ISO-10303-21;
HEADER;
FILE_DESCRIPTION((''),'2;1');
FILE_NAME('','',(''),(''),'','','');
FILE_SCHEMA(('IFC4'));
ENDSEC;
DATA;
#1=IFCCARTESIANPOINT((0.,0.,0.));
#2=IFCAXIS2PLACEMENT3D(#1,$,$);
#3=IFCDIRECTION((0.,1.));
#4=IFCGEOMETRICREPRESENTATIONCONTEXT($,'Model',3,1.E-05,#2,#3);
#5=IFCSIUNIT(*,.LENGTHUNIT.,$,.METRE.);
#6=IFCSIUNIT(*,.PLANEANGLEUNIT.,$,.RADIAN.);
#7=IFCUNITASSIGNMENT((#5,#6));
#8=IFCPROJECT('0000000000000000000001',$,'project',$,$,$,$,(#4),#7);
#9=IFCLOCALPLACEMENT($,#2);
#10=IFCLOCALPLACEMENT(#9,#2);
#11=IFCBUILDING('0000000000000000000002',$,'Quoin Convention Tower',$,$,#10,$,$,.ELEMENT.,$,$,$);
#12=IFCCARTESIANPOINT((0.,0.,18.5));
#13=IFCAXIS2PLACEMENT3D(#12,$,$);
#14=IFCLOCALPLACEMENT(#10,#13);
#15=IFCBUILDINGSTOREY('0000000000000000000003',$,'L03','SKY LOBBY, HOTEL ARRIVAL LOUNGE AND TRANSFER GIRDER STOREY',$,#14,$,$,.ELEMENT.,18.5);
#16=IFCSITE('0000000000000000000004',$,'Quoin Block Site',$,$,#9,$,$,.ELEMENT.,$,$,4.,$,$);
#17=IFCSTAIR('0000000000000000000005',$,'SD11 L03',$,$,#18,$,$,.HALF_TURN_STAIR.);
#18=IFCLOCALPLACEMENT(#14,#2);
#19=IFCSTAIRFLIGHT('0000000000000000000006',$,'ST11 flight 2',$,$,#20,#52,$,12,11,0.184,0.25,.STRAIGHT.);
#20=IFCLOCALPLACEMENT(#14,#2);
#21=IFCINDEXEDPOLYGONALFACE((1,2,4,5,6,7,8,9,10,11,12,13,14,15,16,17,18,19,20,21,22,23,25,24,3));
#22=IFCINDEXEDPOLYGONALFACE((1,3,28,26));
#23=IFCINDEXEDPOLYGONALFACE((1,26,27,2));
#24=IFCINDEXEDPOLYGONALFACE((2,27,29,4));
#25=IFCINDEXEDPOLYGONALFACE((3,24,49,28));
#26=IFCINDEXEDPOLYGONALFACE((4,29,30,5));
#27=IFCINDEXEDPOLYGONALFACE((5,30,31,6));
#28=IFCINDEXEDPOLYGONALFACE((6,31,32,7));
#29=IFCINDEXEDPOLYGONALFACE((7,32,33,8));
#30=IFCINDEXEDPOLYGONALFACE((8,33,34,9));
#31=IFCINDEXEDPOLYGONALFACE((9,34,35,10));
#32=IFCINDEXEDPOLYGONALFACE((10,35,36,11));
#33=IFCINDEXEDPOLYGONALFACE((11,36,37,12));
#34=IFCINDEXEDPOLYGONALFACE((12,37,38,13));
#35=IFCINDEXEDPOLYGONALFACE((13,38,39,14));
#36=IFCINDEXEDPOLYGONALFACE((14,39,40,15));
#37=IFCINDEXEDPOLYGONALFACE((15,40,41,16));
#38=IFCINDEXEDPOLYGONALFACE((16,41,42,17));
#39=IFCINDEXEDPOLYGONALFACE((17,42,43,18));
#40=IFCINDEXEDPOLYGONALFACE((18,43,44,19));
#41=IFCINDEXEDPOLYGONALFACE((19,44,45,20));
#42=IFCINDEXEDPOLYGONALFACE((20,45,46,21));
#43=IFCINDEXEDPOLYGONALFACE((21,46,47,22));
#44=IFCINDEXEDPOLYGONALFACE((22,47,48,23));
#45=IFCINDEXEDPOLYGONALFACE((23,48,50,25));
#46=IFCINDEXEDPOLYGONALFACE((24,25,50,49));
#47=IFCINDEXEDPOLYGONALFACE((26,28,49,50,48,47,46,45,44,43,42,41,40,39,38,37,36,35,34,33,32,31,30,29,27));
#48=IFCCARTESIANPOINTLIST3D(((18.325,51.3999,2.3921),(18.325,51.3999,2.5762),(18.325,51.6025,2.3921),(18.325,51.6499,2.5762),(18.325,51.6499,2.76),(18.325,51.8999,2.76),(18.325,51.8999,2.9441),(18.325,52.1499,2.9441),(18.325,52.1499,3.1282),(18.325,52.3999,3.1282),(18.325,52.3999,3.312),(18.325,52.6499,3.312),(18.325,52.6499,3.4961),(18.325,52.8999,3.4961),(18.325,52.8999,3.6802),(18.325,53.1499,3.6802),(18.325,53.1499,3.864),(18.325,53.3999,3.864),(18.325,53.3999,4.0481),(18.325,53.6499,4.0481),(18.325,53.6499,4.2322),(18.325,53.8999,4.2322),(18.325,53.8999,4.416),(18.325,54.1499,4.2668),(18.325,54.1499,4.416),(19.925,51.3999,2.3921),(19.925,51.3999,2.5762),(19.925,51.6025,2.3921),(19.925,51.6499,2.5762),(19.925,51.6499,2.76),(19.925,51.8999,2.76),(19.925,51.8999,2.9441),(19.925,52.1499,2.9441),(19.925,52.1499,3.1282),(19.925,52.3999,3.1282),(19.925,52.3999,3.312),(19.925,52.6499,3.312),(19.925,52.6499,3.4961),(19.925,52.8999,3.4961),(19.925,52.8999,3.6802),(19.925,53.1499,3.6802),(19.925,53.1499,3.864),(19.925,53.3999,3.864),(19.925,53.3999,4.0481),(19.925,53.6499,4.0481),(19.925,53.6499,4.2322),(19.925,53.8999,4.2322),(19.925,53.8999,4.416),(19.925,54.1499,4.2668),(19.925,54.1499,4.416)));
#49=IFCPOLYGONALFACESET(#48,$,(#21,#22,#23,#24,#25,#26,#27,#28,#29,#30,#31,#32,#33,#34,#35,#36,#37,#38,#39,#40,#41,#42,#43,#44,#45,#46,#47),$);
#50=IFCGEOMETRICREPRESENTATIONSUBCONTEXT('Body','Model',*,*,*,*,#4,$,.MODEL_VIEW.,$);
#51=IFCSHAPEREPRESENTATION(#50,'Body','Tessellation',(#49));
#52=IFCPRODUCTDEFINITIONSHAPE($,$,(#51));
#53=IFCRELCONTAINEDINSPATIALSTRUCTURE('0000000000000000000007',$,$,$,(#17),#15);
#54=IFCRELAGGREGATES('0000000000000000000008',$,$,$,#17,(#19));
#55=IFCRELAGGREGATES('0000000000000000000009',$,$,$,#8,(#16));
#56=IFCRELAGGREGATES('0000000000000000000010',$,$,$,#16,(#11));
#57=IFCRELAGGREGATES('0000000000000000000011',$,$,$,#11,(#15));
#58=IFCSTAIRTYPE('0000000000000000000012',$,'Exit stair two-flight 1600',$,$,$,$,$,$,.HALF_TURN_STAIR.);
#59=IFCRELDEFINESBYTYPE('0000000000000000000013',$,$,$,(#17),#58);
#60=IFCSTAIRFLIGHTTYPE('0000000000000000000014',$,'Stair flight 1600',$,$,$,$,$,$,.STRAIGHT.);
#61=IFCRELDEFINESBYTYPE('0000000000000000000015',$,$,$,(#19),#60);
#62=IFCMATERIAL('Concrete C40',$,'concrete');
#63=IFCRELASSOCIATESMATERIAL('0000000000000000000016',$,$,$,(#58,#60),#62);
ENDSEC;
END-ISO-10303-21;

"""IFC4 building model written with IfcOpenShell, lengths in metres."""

from ifc_helpers import new_model, si_unit, direction, frame, origin, place, context, subcontext, project, spatial, polyline, outline, extrude, material, type_object, element, aggregate, save


model = new_model("IFC4")

# Units and contexts
model_context = context("Model", 3, precision=1e-05, world=origin(), true_north=direction((0.0, 1.0)))
body_context = subcontext(model_context, "Body", "Model", "MODEL_VIEW")
ifc_project = project(units=[si_unit("LENGTHUNIT", "METRE"), si_unit("PLANEANGLEUNIT", "RADIAN")], contexts=[model_context])

# Site, building, storey
site_placement = place(None, origin())
site = spatial("IfcSite", under=ifc_project, at=site_placement, Name="Quoin Block Site", CompositionType="ELEMENT", RefElevation=4.0)
building_placement = place(site_placement, origin())
building = spatial("IfcBuilding", under=site, at=building_placement, Name="Quoin Convention Tower", CompositionType="ELEMENT")
storey_placement = place(building_placement, frame((0.0, 0.0, 18.5)))
storey = spatial("IfcBuildingStorey", under=building, at=storey_placement, Name="L03", Description="SKY LOBBY, HOTEL ARRIVAL LOUNGE AND TRANSFER GIRDER STOREY", CompositionType="ELEMENT", Elevation=18.5)

# Stair, stair flight
ifc_material_1 = material(Name="Concrete C40", Category="concrete")
stair_type = type_object("IfcStairType", Name="Exit stair two-flight 1600", PredefinedType="HALF_TURN_STAIR", material=ifc_material_1)
stair_placement = place(storey_placement, origin())
stair = element("IfcStair", 1, at=stair_placement, inside=storey, type_object=stair_type, Name="SD11 L03", PredefinedType="HALF_TURN_STAIR")
stair_flight_type = type_object("IfcStairFlightType", Name="Stair flight 1600", PredefinedType="STRAIGHT", material=ifc_material_1)
stair_flight_placement = place(storey_placement, frame((19.125, 51.3999, 2.3921), z_axis=(0.0, 0.0, 1.0), x_axis=(0.0, 1.0, 0.0)))
stair_flight = element("IfcStairFlight", 2, at=stair_flight_placement, type_object=stair_flight_type, Name="ST11 flight 2", NumberOfRisers=12, NumberOfTreads=11, PredefinedType="STRAIGHT", RiserHeight=0.184, TreadLength=0.25, context=body_context, shape_type="SweptSolid", body=[
    extrude(outline(polyline([(0.0, 0.0), (0.0, 0.1841), (0.25, 0.1841), (0.25, 0.3679), (0.5, 0.3679), (0.5, 0.552), (0.75, 0.552), (0.75, 0.7361), (1.0, 0.7361), (1.0, 0.9199), (1.25, 0.9199), (1.25, 1.104), (1.5, 1.104), (1.5, 1.2881), (1.75, 1.2881), (1.75, 1.4719), (2.0, 1.4719), (2.0, 1.656), (2.25, 1.656), (2.25, 1.8401), (2.5, 1.8401), (2.5, 2.0239), (2.75, 2.0239), (2.75, 2.208), (2.75, 1.8748), (0.2026, 0.0), (0.0, 0.0)])), frame((0.0, 0.8, 0.0), z_axis=(0.0, -1.0, 0.0), x_axis=(1.0, 0.0, 0.0)), (0.0, 0.0, 1.0), 1.6001),
])
aggregate(stair, [stair_flight])

save(model, "model.ifc")
